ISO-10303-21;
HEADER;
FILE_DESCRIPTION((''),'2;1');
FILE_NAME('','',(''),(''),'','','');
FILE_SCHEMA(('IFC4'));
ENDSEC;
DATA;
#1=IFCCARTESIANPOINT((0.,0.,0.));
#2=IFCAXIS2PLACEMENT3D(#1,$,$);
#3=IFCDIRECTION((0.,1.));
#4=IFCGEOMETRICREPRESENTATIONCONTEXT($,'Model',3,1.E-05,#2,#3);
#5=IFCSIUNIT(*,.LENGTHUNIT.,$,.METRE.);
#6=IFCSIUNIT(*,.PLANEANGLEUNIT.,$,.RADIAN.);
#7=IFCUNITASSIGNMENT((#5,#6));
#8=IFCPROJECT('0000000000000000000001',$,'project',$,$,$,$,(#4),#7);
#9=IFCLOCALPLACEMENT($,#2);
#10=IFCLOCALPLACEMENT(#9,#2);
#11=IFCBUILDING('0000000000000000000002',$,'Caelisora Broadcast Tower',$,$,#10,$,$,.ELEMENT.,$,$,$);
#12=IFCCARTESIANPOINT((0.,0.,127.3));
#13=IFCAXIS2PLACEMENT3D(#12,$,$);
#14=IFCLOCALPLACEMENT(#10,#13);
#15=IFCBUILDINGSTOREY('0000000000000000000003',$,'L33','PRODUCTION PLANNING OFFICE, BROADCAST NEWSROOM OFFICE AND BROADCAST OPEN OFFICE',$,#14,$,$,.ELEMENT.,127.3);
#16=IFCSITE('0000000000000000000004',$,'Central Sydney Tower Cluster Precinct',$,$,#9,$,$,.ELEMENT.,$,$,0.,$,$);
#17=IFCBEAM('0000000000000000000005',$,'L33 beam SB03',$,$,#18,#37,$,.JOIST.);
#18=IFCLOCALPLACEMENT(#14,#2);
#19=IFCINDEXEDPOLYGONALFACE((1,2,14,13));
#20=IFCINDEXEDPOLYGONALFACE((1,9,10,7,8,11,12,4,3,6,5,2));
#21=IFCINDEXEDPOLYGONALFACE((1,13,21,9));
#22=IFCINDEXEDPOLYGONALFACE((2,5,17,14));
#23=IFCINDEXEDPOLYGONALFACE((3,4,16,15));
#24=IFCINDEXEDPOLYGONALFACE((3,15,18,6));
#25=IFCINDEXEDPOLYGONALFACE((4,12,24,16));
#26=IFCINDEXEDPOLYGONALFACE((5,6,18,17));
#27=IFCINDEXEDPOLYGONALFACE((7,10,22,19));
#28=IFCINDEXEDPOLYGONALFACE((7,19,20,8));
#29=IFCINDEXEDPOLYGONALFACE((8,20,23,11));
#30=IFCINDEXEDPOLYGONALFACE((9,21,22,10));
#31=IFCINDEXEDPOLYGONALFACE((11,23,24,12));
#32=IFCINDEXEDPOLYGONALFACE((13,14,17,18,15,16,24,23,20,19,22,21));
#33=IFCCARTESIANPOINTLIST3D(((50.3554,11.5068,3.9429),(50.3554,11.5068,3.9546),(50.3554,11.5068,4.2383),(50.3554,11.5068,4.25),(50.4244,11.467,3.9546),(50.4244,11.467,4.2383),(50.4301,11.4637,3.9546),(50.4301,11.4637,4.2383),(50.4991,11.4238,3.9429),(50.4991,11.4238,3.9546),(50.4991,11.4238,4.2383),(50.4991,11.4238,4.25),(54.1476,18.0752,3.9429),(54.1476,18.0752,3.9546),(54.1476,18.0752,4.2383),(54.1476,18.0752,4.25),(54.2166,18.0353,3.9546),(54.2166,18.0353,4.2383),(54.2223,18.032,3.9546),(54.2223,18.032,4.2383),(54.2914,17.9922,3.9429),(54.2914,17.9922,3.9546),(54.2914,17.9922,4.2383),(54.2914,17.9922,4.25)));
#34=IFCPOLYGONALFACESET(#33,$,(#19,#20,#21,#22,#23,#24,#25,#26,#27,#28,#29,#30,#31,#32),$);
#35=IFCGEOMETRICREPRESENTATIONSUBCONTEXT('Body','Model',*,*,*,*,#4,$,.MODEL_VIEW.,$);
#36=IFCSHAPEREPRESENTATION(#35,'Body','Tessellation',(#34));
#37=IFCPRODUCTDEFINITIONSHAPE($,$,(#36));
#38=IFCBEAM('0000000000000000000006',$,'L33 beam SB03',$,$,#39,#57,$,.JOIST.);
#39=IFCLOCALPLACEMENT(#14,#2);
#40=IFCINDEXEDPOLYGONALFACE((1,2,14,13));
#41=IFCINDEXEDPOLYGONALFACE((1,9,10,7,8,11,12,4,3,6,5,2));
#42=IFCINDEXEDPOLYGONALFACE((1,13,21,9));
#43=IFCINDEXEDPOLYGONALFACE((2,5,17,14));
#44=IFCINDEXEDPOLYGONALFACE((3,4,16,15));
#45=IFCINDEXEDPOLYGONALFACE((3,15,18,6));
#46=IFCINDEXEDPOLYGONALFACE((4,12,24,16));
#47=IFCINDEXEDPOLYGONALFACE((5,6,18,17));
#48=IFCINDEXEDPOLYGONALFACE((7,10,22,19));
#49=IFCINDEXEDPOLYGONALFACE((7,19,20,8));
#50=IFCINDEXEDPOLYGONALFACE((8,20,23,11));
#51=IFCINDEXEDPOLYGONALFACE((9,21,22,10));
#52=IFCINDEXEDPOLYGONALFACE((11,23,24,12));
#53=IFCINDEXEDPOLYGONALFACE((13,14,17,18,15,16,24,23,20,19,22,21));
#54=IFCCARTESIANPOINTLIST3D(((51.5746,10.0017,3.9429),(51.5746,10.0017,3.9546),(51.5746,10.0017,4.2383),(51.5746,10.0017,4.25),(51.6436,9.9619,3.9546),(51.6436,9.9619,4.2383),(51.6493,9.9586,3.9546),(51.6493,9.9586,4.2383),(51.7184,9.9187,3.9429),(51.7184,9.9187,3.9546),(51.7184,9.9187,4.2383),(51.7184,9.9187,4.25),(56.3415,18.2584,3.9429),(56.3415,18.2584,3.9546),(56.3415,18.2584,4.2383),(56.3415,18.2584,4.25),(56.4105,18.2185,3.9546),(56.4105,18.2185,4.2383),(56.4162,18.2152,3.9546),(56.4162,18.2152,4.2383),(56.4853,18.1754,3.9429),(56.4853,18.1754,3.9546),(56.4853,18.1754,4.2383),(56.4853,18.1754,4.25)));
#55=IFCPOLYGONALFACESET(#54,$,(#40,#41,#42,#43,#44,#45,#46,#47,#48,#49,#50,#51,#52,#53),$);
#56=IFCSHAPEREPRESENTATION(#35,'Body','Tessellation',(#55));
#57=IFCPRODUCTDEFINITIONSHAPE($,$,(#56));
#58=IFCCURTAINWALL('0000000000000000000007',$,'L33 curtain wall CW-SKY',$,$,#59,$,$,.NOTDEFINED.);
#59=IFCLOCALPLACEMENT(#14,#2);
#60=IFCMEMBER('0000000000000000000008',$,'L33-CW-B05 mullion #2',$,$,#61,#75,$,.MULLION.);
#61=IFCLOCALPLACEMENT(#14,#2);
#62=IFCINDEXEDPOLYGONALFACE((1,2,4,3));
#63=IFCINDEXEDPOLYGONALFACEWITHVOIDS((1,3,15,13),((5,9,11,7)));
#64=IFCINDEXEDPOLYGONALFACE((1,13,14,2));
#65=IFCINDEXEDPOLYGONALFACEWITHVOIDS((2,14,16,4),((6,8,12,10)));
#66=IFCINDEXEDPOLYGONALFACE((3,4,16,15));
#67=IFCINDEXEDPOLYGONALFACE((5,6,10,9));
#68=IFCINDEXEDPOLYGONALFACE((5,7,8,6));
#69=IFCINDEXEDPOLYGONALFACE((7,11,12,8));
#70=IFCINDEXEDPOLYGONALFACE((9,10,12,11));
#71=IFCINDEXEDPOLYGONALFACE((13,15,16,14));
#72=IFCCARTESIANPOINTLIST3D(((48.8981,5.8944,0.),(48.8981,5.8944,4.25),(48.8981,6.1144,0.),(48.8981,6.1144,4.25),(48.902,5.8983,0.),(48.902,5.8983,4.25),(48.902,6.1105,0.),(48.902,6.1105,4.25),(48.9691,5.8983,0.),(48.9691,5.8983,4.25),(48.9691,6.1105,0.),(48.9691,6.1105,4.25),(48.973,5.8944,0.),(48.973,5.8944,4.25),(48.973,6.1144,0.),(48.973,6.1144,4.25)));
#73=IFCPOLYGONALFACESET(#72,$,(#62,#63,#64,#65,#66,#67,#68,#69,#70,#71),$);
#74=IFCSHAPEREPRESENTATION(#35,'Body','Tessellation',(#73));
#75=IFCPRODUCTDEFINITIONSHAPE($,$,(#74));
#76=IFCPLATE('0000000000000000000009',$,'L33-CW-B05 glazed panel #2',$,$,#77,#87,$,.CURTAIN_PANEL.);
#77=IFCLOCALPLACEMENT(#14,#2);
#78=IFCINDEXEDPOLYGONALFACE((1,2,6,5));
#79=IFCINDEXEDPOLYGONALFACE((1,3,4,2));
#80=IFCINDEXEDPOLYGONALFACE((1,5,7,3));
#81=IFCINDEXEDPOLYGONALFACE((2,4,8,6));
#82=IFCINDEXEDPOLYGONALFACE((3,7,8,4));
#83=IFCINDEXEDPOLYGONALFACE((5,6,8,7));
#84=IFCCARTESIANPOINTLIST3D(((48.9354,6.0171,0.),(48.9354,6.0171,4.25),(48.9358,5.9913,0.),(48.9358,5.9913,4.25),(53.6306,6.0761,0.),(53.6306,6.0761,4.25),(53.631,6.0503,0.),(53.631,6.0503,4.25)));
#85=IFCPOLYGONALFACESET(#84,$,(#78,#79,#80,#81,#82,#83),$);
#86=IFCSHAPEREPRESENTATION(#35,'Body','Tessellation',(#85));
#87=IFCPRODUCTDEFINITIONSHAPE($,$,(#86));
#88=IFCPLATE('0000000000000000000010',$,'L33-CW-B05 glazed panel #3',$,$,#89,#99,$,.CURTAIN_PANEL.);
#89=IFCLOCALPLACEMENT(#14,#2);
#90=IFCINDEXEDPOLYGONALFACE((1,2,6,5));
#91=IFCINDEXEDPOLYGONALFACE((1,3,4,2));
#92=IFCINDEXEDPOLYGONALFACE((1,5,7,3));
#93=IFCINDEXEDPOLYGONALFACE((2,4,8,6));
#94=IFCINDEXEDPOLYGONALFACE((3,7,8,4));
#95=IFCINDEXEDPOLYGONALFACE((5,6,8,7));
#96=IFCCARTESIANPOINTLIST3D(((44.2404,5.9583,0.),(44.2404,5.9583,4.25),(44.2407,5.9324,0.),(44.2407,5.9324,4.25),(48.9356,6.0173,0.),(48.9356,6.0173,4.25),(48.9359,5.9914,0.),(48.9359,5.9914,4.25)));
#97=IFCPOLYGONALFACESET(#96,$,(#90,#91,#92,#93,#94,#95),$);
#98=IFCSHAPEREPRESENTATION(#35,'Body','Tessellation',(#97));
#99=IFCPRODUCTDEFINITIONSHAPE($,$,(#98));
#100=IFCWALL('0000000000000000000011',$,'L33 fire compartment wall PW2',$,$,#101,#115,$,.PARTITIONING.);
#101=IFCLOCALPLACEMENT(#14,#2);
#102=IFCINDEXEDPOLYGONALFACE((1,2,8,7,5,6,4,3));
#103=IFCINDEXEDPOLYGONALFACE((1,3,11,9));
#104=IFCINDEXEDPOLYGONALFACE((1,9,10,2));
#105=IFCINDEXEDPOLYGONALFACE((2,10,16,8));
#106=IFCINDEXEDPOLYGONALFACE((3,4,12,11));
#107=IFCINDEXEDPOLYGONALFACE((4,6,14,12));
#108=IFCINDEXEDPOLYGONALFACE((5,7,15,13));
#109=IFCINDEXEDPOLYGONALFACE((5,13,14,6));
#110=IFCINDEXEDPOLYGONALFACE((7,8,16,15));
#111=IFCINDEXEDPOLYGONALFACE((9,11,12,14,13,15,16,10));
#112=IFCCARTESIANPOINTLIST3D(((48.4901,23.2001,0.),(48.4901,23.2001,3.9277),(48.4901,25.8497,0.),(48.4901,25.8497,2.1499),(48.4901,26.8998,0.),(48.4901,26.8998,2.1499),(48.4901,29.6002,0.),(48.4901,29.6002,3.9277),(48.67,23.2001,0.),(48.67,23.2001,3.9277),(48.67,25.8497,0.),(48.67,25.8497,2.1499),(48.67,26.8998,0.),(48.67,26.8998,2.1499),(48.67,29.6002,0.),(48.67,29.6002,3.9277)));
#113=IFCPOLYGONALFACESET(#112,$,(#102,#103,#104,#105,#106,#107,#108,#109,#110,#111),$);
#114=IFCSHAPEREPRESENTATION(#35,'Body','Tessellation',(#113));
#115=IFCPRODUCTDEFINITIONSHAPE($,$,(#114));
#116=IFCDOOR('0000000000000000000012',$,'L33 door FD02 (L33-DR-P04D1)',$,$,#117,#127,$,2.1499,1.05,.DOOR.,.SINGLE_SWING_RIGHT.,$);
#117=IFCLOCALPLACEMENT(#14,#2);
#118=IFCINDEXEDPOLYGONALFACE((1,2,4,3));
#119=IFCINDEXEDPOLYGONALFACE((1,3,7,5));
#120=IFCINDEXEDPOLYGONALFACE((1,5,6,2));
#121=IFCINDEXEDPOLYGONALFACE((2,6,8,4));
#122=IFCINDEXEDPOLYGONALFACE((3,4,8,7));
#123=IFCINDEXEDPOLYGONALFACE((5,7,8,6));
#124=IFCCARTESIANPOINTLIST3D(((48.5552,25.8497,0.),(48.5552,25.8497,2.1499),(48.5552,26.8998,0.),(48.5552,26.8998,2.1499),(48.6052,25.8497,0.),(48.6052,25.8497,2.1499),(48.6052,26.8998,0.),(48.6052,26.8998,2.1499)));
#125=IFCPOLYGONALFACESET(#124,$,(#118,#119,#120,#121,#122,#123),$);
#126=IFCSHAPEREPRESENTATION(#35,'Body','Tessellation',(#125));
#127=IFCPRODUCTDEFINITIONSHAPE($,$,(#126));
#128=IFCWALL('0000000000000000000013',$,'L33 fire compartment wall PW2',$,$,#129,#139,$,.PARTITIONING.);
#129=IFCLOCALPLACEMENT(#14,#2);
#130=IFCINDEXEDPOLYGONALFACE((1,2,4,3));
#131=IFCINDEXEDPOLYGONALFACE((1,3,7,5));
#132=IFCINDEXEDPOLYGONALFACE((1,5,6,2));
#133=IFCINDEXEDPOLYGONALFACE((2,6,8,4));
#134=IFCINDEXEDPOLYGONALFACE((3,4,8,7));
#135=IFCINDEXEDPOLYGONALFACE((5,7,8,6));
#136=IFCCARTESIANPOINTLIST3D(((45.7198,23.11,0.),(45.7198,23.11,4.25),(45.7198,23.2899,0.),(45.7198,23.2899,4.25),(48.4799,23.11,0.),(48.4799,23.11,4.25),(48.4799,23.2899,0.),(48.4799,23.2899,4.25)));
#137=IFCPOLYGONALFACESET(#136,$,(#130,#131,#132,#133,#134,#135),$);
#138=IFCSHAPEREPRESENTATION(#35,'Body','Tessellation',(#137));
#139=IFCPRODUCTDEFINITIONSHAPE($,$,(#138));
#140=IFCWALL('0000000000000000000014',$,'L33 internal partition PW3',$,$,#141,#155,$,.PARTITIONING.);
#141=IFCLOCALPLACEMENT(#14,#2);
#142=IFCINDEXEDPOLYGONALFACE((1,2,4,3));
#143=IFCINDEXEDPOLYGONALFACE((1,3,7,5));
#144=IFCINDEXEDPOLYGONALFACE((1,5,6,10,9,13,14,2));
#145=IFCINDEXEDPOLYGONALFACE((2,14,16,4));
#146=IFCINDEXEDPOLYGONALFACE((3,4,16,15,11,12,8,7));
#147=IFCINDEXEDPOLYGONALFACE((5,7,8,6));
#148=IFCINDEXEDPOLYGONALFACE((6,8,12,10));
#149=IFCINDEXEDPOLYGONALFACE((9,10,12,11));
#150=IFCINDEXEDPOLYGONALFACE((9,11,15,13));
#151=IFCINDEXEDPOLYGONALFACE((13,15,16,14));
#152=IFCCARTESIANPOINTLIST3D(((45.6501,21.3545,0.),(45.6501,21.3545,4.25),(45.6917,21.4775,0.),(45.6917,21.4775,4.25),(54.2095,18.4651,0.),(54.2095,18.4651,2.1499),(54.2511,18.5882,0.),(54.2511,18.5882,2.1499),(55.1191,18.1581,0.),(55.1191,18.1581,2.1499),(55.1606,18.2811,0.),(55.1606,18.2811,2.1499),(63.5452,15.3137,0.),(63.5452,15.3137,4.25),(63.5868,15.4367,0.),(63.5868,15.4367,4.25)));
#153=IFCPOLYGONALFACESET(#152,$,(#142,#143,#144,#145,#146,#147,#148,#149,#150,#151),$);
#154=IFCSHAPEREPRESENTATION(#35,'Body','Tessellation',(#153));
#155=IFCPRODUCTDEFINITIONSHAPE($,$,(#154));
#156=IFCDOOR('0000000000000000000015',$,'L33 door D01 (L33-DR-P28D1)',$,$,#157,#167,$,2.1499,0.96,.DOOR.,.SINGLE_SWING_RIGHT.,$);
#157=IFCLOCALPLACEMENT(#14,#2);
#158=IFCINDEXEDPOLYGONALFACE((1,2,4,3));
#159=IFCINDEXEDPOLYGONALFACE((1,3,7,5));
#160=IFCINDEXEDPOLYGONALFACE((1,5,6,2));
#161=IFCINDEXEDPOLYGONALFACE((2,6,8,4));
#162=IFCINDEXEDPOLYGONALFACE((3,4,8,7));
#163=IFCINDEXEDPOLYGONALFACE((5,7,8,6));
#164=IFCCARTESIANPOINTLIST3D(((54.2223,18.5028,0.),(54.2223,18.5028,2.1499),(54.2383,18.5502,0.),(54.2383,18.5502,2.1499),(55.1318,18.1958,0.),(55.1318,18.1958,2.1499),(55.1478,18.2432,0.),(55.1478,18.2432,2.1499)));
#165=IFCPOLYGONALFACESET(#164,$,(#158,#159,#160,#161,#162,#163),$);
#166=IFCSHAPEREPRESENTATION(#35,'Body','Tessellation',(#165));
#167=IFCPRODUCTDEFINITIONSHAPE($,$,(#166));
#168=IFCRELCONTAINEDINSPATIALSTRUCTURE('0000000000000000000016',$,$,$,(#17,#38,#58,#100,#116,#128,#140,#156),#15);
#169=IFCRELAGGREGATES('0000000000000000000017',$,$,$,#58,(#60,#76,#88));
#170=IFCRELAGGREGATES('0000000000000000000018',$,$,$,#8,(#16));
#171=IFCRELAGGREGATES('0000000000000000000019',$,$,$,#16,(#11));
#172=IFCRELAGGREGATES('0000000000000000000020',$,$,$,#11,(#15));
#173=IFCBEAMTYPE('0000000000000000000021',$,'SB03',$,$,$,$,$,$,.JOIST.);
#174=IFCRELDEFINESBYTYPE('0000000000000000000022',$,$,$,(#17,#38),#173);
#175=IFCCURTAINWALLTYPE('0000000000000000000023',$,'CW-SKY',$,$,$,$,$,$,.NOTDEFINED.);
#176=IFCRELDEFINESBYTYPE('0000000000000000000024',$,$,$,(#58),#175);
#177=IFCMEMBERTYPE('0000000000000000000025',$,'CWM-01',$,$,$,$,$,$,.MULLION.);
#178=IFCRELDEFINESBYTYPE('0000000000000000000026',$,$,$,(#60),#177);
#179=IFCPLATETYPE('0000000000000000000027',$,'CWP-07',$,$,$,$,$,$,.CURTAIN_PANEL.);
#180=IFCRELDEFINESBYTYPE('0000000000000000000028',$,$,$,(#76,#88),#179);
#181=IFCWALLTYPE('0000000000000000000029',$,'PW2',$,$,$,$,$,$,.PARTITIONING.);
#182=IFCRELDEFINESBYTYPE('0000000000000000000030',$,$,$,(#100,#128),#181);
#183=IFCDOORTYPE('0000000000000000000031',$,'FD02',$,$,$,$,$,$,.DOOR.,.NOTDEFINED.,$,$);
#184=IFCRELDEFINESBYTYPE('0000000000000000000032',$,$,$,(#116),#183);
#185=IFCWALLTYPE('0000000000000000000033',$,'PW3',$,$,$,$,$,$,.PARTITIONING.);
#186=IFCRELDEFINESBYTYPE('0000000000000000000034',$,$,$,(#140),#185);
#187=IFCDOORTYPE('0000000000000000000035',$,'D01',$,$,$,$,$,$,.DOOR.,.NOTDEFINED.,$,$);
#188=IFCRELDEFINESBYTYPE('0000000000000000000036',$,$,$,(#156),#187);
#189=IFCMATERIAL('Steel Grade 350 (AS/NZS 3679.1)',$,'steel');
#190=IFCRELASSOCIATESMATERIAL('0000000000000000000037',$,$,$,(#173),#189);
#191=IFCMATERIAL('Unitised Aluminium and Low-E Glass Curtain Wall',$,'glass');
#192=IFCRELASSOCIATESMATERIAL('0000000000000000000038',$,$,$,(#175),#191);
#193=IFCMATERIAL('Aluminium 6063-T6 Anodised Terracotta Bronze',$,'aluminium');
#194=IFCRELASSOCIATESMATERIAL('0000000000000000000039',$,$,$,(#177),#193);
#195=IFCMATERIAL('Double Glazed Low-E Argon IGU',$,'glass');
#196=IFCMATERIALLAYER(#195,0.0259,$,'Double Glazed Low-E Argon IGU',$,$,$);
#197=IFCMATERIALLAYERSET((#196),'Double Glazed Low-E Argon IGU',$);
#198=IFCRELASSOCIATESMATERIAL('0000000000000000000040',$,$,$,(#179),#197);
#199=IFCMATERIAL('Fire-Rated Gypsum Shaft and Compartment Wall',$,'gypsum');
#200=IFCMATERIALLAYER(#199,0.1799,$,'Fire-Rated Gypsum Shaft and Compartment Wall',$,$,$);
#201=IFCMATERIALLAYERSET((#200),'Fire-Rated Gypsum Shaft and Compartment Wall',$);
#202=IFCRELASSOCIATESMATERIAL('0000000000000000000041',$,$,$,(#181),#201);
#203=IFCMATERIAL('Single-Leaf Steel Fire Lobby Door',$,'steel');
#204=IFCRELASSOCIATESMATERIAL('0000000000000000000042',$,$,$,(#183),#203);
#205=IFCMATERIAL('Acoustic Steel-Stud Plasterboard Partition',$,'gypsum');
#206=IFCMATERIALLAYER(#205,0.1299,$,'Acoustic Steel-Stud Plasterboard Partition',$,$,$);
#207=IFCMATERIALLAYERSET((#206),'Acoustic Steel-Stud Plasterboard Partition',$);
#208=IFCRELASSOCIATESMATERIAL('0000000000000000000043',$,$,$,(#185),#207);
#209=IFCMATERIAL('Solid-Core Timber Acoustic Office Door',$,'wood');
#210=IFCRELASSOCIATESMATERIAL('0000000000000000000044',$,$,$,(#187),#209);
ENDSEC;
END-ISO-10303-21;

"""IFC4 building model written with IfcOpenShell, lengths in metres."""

from ifc_helpers import new_model, si_unit, direction, frame, frame_2d, origin, origin_2d, place, context, subcontext, project, spatial, rectangle, hollow_rectangle, i_section, extrude, source, transform, mapped, material, layer, layer_set, material_profile, profile_set, type_object, type_shapes, element, fill, aggregate, save


model = new_model("IFC4")

# Units and contexts
model_context = context("Model", 3, precision=1e-05, world=origin(), true_north=direction((0.0, 1.0)))
body_context = subcontext(model_context, "Body", "Model", "MODEL_VIEW")
ifc_project = project(units=[si_unit("LENGTHUNIT", "METRE"), si_unit("PLANEANGLEUNIT", "RADIAN")], contexts=[model_context])

# Site, building, storey
site_placement = place(None, origin())
site = spatial("IfcSite", under=ifc_project, at=site_placement, Name="Central Sydney Tower Cluster Precinct", CompositionType="ELEMENT", RefElevation=0.0)
building_placement = place(site_placement, origin())
building = spatial("IfcBuilding", under=site, at=building_placement, Name="Caelisora Broadcast Tower", CompositionType="ELEMENT")
storey_placement = place(building_placement, frame((0.0, 0.0, 127.3)))
storey = spatial("IfcBuildingStorey", under=building, at=storey_placement, Name="L33", Description="PRODUCTION PLANNING OFFICE, BROADCAST NEWSROOM OFFICE AND BROADCAST OPEN OFFICE", CompositionType="ELEMENT", Elevation=127.3)

# Beams
ifc_material_1 = material(Name="Steel Grade 350 (AS/NZS 3679.1)", Category="steel")
ifc_material_profile_1 = material_profile(ifc_material_1, i_section(OverallWidth=0.166, OverallDepth=0.3071, WebThickness=0.0066, FlangeThickness=0.0117, at=origin_2d()), Name="Steel Grade 350 (AS/NZS 3679.1)")
ifc_profile_set_1 = profile_set([ifc_material_profile_1], Name="Steel Grade 350 (AS/NZS 3679.1)")
beam_type_1 = type_object("IfcBeamType", Name="SB03", PredefinedType="JOIST", material=ifc_profile_set_1)
shared_shape_1 = source(origin(), body_context, "Body", "SweptSolid", [
    extrude(i_section(OverallWidth=0.166, OverallDepth=0.3071, WebThickness=0.0066, FlangeThickness=0.0117, at=origin_2d()), origin(), (0.0, 0.0, 1.0), 7.5845),
])
beam_1_placement = place(storey_placement, frame((50.4272, 11.4653, 4.0964), z_axis=(0.499999, 0.866026, 0.0), x_axis=(-0.866026, 0.499999, 0.0)))
element("IfcBeam", 1, at=beam_1_placement, inside=storey, type_object=beam_type_1, Name="L33 beam SB03", PredefinedType="JOIST", context=body_context, shape_type="MappedRepresentation", body=[
    mapped(shared_shape_1, transform((0.0, 0.0, 0.0), scale=1.0)),
])
shared_shape_2 = source(origin(), body_context, "Body", "SweptSolid", [
    extrude(i_section(OverallWidth=0.166, OverallDepth=0.3071, WebThickness=0.0066, FlangeThickness=0.0117, at=origin_2d()), origin(), (0.0, 0.0, 1.0), 9.5339),
])
beam_2_placement = place(storey_placement, frame((51.6465, 9.9602, 4.0964), z_axis=(0.499992, 0.86603, 0.0), x_axis=(-0.86603, 0.499992, 0.0)))
element("IfcBeam", 2, at=beam_2_placement, inside=storey, type_object=beam_type_1, Name="L33 beam SB03", PredefinedType="JOIST", context=body_context, shape_type="MappedRepresentation", body=[
    mapped(shared_shape_2, transform((0.0, 0.0, 0.0), scale=1.0)),
])

# Curtain wall, member, plates
ifc_material_2 = material(Name="Unitised Aluminium and Low-E Glass Curtain Wall", Category="glass")
curtain_wall_type = type_object("IfcCurtainWallType", Name="CW-SKY", PredefinedType="NOTDEFINED", material=ifc_material_2)
curtain_wall_placement = place(storey_placement, origin())
curtain_wall = element("IfcCurtainWall", 3, at=curtain_wall_placement, inside=storey, type_object=curtain_wall_type, Name="L33 curtain wall CW-SKY", PredefinedType="NOTDEFINED")
ifc_material_3 = material(Name="Aluminium 6063-T6 Anodised Terracotta Bronze", Category="aluminium")
ifc_material_profile_2 = material_profile(ifc_material_3, hollow_rectangle(XDim=0.075, YDim=0.22, WallThickness=0.0039, at=origin_2d()), Name="Aluminium 6063-T6 Anodised Terracotta Bronze")
ifc_profile_set_2 = profile_set([ifc_material_profile_2], Name="Aluminium 6063-T6 Anodised Terracotta Bronze")
member_type = type_object("IfcMemberType", Name="CWM-01", PredefinedType="MULLION", material=ifc_profile_set_2)
shared_shape_3 = source(origin(), body_context, "Body", "SweptSolid", [
    extrude(hollow_rectangle(XDim=0.075, YDim=0.22, WallThickness=0.0039, at=origin_2d()), origin(), (0.0, 0.0, 1.0), 4.25),
])
type_shapes(member_type, [shared_shape_3])
member_placement = place(storey_placement, frame((48.9355, 6.0044, 0.0), z_axis=(0.0, 0.0, 1.0), x_axis=(1.0, 0.0, 0.0)))
member = element("IfcMember", 4, at=member_placement, type_object=member_type, Name="L33-CW-B05 mullion #2", PredefinedType="MULLION", context=body_context, shape_type="MappedRepresentation", body=[
    mapped(shared_shape_3, transform((0.0, 0.0, 0.0), scale=1.0)),
])
ifc_material_4 = material(Name="Double Glazed Low-E Argon IGU", Category="glass")
ifc_layer_1 = layer(ifc_material_4, 0.0259, Name="Double Glazed Low-E Argon IGU")
ifc_layer_set_1 = layer_set([ifc_layer_1], Name="Double Glazed Low-E Argon IGU")
plate_type = type_object("IfcPlateType", Name="CWP-07", PredefinedType="CURTAIN_PANEL", material=ifc_layer_set_1)
shared_shape_4 = source(origin(), body_context, "Body", "SweptSolid", [
    extrude(rectangle(XDim=4.6956, YDim=0.0259, at=origin_2d()), origin(), (0.0, 0.0, 1.0), 4.25),
])
type_shapes(plate_type, [shared_shape_4])
plate_1_placement = place(storey_placement, frame((51.2832, 6.0337, 0.0), z_axis=(0.0, 0.0, 1.0), x_axis=(-0.999921, -0.012566, 0.0)))
plate_1 = element("IfcPlate", 5, at=plate_1_placement, type_object=plate_type, Name="L33-CW-B05 glazed panel #2", PredefinedType="CURTAIN_PANEL", context=body_context, shape_type="MappedRepresentation", body=[
    mapped(shared_shape_4, transform((0.0, 0.0, 0.0), scale=1.0)),
])
plate_2_placement = place(storey_placement, frame((46.5881, 5.9749, 0.0), z_axis=(0.0, 0.0, 1.0), x_axis=(-0.999921, -0.012566, 0.0)))
plate_2 = element("IfcPlate", 6, at=plate_2_placement, type_object=plate_type, Name="L33-CW-B05 glazed panel #3", PredefinedType="CURTAIN_PANEL", context=body_context, shape_type="MappedRepresentation", body=[
    mapped(shared_shape_4, transform((0.0, 0.0, 0.0), scale=1.0)),
])
aggregate(curtain_wall, [member, plate_1, plate_2])

# Wall, opening, door
ifc_material_5 = material(Name="Fire-Rated Gypsum Shaft and Compartment Wall", Category="gypsum")
ifc_layer_2 = layer(ifc_material_5, 0.1799, Name="Fire-Rated Gypsum Shaft and Compartment Wall")
ifc_layer_set_2 = layer_set([ifc_layer_2], Name="Fire-Rated Gypsum Shaft and Compartment Wall")
wall_type_1 = type_object("IfcWallType", Name="PW2", PredefinedType="PARTITIONING", material=ifc_layer_set_2)
wall_1_placement = place(storey_placement, frame((48.5801, 23.2, 0.0), z_axis=(0.0, 0.0, 1.0), x_axis=(0.0, 1.0, 0.0)))
wall_1 = element("IfcWall", 7, at=wall_1_placement, inside=storey, type_object=wall_type_1, Name="L33 fire compartment wall PW2", PredefinedType="PARTITIONING", context=body_context, shape_type="SweptSolid", body=[
    extrude(rectangle(XDim=6.4001, YDim=0.1799, at=frame_2d((3.2002, 0.0))), origin(), (0.0, 0.0, 1.0), 3.9277),
])
opening_1_placement = place(wall_1_placement, frame((2.6499, 0.0, 0.0)))
opening_1 = element("IfcOpeningElement", 8, at=opening_1_placement, cuts=wall_1, PredefinedType="OPENING", context=body_context, shape_type="SweptSolid", body=[
    extrude(rectangle(XDim=1.05, YDim=2.1499, at=frame_2d((0.5249, 1.075))), frame((0.0, 0.1021, 0.0), z_axis=(0.0, -1.0, 0.0), x_axis=(1.0, 0.0, 0.0)), (0.0, 0.0, 1.0), 0.2039),
])
ifc_material_6 = material(Name="Single-Leaf Steel Fire Lobby Door", Category="steel")
door_type_1 = type_object("IfcDoorType", Name="FD02", OperationType="NOTDEFINED", PredefinedType="DOOR", material=ifc_material_6)
door_1_placement = place(opening_1_placement, origin())
door_1 = element("IfcDoor", 9, at=door_1_placement, inside=storey, type_object=door_type_1, Name="L33 door FD02 (L33-DR-P04D1)", OperationType="SINGLE_SWING_RIGHT", OverallHeight=2.1499, OverallWidth=1.05, PredefinedType="DOOR", context=body_context, shape_type="SweptSolid", body=[
    extrude(rectangle(XDim=1.05, YDim=2.1499, at=frame_2d((0.5249, 1.075))), frame((0.0, 0.0249, 0.0), z_axis=(0.0, -1.0, 0.0), x_axis=(1.0, 0.0, 0.0)), (0.0, 0.0, 1.0), 0.05),
])
fill(opening_1, door_1)

# Wall
wall_2_placement = place(storey_placement, frame((45.72, 23.2, 0.0), z_axis=(0.0, 0.0, 1.0), x_axis=(1.0, 0.0, 0.0)))
element("IfcWall", 10, at=wall_2_placement, inside=storey, type_object=wall_type_1, Name="L33 fire compartment wall PW2", PredefinedType="PARTITIONING", context=body_context, shape_type="SweptSolid", body=[
    extrude(rectangle(XDim=2.76, YDim=0.1799, at=frame_2d((1.3799, 0.0))), origin(), (0.0, 0.0, 1.0), 4.25),
])

# Wall, opening, door
ifc_material_7 = material(Name="Acoustic Steel-Stud Plasterboard Partition", Category="gypsum")
ifc_layer_3 = layer(ifc_material_7, 0.1299, Name="Acoustic Steel-Stud Plasterboard Partition")
ifc_layer_set_3 = layer_set([ifc_layer_3], Name="Acoustic Steel-Stud Plasterboard Partition")
wall_type_2 = type_object("IfcWallType", Name="PW3", PredefinedType="PARTITIONING", material=ifc_layer_set_3)
wall_3_placement = place(storey_placement, frame((45.6709, 21.416, 0.0), z_axis=(0.0, 0.0, 1.0), x_axis=(0.947473, -0.319836, 0.0)))
wall_3 = element("IfcWall", 11, at=wall_3_placement, inside=storey, type_object=wall_type_2, Name="L33 internal partition PW3", PredefinedType="PARTITIONING", context=body_context, shape_type="SweptSolid", body=[
    extrude(rectangle(XDim=18.8872, YDim=0.1299, at=frame_2d((9.4436, 0.0))), origin(), (0.0, 0.0, 1.0), 4.25),
])
opening_2_placement = place(wall_3_placement, frame((9.0339, 0.0, 0.0)))
opening_2 = element("IfcOpeningElement", 12, at=opening_2_placement, cuts=wall_3, PredefinedType="OPENING", context=body_context, shape_type="SweptSolid", body=[
    extrude(rectangle(XDim=0.96, YDim=2.1499, at=frame_2d((0.48, 1.075))), frame((0.0, 0.0769, 0.0), z_axis=(0.0, -1.0, 0.0), x_axis=(1.0, 0.0, 0.0)), (0.0, 0.0, 1.0), 0.1538),
])
ifc_material_8 = material(Name="Solid-Core Timber Acoustic Office Door", Category="wood")
door_type_2 = type_object("IfcDoorType", Name="D01", OperationType="NOTDEFINED", PredefinedType="DOOR", material=ifc_material_8)
door_2_placement = place(opening_2_placement, origin())
door_2 = element("IfcDoor", 13, at=door_2_placement, inside=storey, type_object=door_type_2, Name="L33 door D01 (L33-DR-P28D1)", OperationType="SINGLE_SWING_RIGHT", OverallHeight=2.1499, OverallWidth=0.96, PredefinedType="DOOR", context=body_context, shape_type="SweptSolid", body=[
    extrude(rectangle(XDim=0.96, YDim=2.1499, at=frame_2d((0.48, 1.075))), frame((0.0, 0.0249, 0.0), z_axis=(0.0, -1.0, 0.0), x_axis=(1.0, 0.0, 0.0)), (0.0, 0.0, 1.0), 0.05),
])
fill(opening_2, door_2)

save(model, "model.ifc")
